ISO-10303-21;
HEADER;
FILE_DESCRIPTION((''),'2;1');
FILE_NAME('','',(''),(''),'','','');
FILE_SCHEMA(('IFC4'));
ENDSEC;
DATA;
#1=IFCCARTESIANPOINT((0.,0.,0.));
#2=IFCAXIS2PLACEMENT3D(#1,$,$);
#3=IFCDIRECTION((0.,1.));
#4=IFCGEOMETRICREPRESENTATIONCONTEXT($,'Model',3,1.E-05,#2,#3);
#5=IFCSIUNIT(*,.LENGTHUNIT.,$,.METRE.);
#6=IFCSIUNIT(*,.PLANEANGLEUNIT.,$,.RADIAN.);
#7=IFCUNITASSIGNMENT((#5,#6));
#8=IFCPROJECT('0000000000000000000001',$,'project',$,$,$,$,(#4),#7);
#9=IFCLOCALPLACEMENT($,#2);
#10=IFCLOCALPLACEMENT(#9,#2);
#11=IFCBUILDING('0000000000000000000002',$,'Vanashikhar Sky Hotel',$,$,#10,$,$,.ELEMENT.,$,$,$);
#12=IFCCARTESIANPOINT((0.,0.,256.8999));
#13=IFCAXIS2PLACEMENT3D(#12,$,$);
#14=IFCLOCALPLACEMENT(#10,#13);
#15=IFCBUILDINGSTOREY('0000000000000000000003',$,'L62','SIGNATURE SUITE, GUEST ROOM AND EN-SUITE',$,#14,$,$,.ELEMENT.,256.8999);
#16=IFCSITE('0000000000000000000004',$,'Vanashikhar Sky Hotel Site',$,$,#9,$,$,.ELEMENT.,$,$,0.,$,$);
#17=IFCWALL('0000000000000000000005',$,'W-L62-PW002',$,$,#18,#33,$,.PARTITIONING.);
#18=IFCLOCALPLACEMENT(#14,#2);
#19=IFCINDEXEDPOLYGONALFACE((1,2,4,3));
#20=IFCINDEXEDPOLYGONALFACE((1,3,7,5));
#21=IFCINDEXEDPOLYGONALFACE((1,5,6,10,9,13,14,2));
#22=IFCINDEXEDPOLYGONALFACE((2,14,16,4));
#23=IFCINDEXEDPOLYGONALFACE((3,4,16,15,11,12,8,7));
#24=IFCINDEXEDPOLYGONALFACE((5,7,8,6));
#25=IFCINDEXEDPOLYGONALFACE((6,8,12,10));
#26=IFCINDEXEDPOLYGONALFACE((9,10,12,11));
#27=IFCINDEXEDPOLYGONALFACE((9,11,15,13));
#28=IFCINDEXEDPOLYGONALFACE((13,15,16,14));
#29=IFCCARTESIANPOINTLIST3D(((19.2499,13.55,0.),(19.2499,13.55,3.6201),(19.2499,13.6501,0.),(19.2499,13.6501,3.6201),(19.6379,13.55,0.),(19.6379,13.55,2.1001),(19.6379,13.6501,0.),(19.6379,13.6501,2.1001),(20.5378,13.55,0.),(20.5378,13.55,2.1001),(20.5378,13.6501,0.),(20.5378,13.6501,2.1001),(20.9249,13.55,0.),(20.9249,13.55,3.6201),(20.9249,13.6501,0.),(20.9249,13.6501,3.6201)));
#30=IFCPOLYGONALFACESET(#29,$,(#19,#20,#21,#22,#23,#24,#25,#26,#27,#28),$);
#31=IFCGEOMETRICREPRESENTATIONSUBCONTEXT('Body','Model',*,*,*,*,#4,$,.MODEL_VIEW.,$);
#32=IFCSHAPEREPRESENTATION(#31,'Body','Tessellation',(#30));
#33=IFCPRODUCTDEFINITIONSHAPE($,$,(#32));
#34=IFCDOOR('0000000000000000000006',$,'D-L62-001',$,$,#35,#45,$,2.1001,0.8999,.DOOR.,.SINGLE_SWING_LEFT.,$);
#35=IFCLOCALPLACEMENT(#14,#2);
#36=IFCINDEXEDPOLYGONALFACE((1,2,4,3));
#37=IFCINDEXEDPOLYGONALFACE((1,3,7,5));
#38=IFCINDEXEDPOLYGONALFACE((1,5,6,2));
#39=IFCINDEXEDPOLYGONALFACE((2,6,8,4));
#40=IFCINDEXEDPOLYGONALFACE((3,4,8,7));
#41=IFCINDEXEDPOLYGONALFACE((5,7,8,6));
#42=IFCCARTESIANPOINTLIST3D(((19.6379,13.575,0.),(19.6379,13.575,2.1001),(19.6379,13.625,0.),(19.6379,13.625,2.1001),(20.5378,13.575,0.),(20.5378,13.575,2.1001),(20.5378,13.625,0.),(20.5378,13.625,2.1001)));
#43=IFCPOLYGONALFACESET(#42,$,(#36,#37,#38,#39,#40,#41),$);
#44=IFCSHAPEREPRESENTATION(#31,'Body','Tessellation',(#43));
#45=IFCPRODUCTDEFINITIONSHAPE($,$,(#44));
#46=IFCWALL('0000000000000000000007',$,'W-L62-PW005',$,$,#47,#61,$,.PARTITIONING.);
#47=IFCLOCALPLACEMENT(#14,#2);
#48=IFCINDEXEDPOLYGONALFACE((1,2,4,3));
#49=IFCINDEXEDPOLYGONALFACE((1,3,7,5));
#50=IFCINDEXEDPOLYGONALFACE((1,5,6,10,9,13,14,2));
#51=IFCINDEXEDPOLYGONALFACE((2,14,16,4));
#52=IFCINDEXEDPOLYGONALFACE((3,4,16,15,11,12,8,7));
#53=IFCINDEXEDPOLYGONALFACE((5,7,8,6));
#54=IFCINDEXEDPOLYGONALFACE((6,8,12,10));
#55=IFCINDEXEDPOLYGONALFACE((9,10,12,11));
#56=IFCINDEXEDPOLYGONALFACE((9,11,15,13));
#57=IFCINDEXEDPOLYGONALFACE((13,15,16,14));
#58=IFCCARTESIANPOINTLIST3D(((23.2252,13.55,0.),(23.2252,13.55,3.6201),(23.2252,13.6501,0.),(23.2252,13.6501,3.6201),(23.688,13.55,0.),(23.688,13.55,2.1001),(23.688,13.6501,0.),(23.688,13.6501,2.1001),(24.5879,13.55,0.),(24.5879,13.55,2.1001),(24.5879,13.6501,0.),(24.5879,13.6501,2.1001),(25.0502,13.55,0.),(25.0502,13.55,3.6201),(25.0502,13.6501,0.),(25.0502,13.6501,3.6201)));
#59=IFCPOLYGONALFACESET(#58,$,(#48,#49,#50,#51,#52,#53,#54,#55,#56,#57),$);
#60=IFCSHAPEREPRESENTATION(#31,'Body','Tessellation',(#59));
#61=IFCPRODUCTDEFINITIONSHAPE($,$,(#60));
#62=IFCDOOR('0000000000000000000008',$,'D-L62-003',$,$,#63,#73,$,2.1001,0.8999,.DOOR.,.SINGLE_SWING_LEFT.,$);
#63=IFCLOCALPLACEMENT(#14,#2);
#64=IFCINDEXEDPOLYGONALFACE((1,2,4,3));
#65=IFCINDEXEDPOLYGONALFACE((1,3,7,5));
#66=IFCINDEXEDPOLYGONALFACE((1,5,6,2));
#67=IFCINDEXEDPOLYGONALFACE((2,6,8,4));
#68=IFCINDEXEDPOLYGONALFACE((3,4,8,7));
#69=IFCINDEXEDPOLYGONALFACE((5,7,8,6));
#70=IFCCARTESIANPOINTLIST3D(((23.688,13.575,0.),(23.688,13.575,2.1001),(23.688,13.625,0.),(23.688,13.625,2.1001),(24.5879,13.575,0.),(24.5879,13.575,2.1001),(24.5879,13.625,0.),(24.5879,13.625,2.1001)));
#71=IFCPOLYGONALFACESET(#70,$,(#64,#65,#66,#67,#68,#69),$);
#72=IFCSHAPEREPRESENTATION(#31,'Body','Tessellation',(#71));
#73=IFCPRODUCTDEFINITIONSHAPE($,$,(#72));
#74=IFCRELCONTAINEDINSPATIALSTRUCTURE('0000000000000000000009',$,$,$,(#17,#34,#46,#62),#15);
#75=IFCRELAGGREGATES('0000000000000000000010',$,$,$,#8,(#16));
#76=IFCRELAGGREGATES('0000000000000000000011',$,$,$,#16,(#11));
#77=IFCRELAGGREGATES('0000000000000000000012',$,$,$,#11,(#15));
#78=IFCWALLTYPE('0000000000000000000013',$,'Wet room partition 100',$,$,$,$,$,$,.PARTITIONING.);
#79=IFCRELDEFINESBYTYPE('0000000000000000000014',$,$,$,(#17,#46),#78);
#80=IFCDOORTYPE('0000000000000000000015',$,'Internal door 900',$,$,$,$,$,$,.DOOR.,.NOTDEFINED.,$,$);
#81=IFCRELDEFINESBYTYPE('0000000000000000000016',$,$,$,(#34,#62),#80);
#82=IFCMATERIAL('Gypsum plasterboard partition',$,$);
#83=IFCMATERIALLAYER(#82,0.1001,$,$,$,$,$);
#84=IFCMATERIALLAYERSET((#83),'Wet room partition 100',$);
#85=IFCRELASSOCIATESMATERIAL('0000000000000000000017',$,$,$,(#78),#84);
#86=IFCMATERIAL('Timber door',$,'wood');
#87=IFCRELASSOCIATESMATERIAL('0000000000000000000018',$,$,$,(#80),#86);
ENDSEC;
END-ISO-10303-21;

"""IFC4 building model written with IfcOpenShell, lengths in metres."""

from ifc_helpers import new_model, si_unit, direction, frame, frame_2d, origin, place, context, subcontext, project, spatial, rectangle, extrude, source, transform, mapped, material, layer, layer_set, type_object, element, fill, save


model = new_model("IFC4")

# Units and contexts
model_context = context("Model", 3, precision=1e-05, world=origin(), true_north=direction((0.0, 1.0)))
body_context = subcontext(model_context, "Body", "Model", "MODEL_VIEW")
ifc_project = project(units=[si_unit("LENGTHUNIT", "METRE"), si_unit("PLANEANGLEUNIT", "RADIAN")], contexts=[model_context])

# Site, building, storey
site_placement = place(None, origin())
site = spatial("IfcSite", under=ifc_project, at=site_placement, Name="Vanashikhar Sky Hotel Site", CompositionType="ELEMENT", RefElevation=0.0)
building_placement = place(site_placement, origin())
building = spatial("IfcBuilding", under=site, at=building_placement, Name="Vanashikhar Sky Hotel", CompositionType="ELEMENT")
storey_placement = place(building_placement, frame((0.0, 0.0, 256.8999)))
storey = spatial("IfcBuildingStorey", under=building, at=storey_placement, Name="L62", Description="SIGNATURE SUITE, GUEST ROOM AND EN-SUITE", CompositionType="ELEMENT", Elevation=256.8999)

# Shared definitions
ifc_material_1 = material(Name="Gypsum plasterboard partition")

# Shared definitions
ifc_layer_1 = layer(ifc_material_1, 0.1001)
ifc_layer_set_1 = layer_set([ifc_layer_1], Name="Wet room partition 100")
wall_type_1 = type_object("IfcWallType", Name="Wet room partition 100", PredefinedType="PARTITIONING", material=ifc_layer_set_1)

# Walls, openings, doors
shared_shape_1 = source(origin(), body_context, "Body", "SweptSolid", [
    extrude(rectangle(XDim=1.675, YDim=0.1001, at=frame_2d((0.8374, 0.0))), origin(), (0.0, 0.0, 1.0), 3.6201),
])
wall_1_placement = place(storey_placement, frame((19.25, 13.6001, 0.0), z_axis=(0.0, 0.0, 1.0), x_axis=(1.0, 0.0, 0.0)))
wall_1 = element("IfcWall", 1, at=wall_1_placement, inside=storey, type_object=wall_type_1, Name="W-L62-PW002", PredefinedType="PARTITIONING", context=body_context, shape_type="MappedRepresentation", body=[
    mapped(shared_shape_1, transform((0.0, 0.0, 0.0), scale=1.0)),
])
shared_shape_2 = source(origin(), body_context, "Body", "SweptSolid", [
    extrude(rectangle(XDim=0.8999, YDim=2.1001, at=frame_2d((0.45, 1.05))), frame((0.0, 0.0601, 0.0), z_axis=(0.0, -1.0, 0.0), x_axis=(1.0, 0.0, 0.0)), (0.0, 0.0, 1.0), 0.1201),
])
opening_1_placement = place(wall_1_placement, frame((0.3879, 0.0, 0.0)))
opening_1 = element("IfcOpeningElement", 2, at=opening_1_placement, cuts=wall_1, PredefinedType="OPENING", context=body_context, shape_type="MappedRepresentation", body=[
    mapped(shared_shape_2, transform((0.0, 0.0, 0.0), scale=1.0)),
])
ifc_material_2 = material(Name="Timber door", Category="wood")
door_type_1 = type_object("IfcDoorType", Name="Internal door 900", OperationType="NOTDEFINED", PredefinedType="DOOR", material=ifc_material_2)
shared_shape_3 = source(origin(), body_context, "Body", "SweptSolid", [
    extrude(rectangle(XDim=0.8999, YDim=2.1001, at=frame_2d((0.45, 1.05))), frame((0.0, 0.0249, 0.0), z_axis=(0.0, -1.0, 0.0), x_axis=(1.0, 0.0, 0.0)), (0.0, 0.0, 1.0), 0.05),
])
door_1_placement = place(opening_1_placement, origin())
door_1 = element("IfcDoor", 3, at=door_1_placement, inside=storey, type_object=door_type_1, Name="D-L62-001", OperationType="SINGLE_SWING_LEFT", OverallHeight=2.1001, OverallWidth=0.8999, PredefinedType="DOOR", context=body_context, shape_type="MappedRepresentation", body=[
    mapped(shared_shape_3, transform((0.0, 0.0, 0.0), scale=1.0)),
])
fill(opening_1, door_1)
shared_shape_4 = source(origin(), body_context, "Body", "SweptSolid", [
    extrude(rectangle(XDim=1.825, YDim=0.1001, at=frame_2d((0.9126, 0.0))), origin(), (0.0, 0.0, 1.0), 3.6201),
])
wall_2_placement = place(storey_placement, frame((23.2251, 13.6001, 0.0), z_axis=(0.0, 0.0, 1.0), x_axis=(1.0, 0.0, 0.0)))
wall_2 = element("IfcWall", 4, at=wall_2_placement, inside=storey, type_object=wall_type_1, Name="W-L62-PW005", PredefinedType="PARTITIONING", context=body_context, shape_type="MappedRepresentation", body=[
    mapped(shared_shape_4, transform((0.0, 0.0, 0.0), scale=1.0)),
])
opening_2_placement = place(wall_2_placement, frame((0.4629, 0.0, 0.0)))
opening_2 = element("IfcOpeningElement", 5, at=opening_2_placement, cuts=wall_2, PredefinedType="OPENING", context=body_context, shape_type="MappedRepresentation", body=[
    mapped(shared_shape_2, transform((0.0, 0.0, 0.0), scale=1.0)),
])
door_2_placement = place(opening_2_placement, origin())
door_2 = element("IfcDoor", 6, at=door_2_placement, inside=storey, type_object=door_type_1, Name="D-L62-003", OperationType="SINGLE_SWING_LEFT", OverallHeight=2.1001, OverallWidth=0.8999, PredefinedType="DOOR", context=body_context, shape_type="MappedRepresentation", body=[
    mapped(shared_shape_3, transform((0.0, 0.0, 0.0), scale=1.0)),
])
fill(opening_2, door_2)

save(model, "model.ifc")
